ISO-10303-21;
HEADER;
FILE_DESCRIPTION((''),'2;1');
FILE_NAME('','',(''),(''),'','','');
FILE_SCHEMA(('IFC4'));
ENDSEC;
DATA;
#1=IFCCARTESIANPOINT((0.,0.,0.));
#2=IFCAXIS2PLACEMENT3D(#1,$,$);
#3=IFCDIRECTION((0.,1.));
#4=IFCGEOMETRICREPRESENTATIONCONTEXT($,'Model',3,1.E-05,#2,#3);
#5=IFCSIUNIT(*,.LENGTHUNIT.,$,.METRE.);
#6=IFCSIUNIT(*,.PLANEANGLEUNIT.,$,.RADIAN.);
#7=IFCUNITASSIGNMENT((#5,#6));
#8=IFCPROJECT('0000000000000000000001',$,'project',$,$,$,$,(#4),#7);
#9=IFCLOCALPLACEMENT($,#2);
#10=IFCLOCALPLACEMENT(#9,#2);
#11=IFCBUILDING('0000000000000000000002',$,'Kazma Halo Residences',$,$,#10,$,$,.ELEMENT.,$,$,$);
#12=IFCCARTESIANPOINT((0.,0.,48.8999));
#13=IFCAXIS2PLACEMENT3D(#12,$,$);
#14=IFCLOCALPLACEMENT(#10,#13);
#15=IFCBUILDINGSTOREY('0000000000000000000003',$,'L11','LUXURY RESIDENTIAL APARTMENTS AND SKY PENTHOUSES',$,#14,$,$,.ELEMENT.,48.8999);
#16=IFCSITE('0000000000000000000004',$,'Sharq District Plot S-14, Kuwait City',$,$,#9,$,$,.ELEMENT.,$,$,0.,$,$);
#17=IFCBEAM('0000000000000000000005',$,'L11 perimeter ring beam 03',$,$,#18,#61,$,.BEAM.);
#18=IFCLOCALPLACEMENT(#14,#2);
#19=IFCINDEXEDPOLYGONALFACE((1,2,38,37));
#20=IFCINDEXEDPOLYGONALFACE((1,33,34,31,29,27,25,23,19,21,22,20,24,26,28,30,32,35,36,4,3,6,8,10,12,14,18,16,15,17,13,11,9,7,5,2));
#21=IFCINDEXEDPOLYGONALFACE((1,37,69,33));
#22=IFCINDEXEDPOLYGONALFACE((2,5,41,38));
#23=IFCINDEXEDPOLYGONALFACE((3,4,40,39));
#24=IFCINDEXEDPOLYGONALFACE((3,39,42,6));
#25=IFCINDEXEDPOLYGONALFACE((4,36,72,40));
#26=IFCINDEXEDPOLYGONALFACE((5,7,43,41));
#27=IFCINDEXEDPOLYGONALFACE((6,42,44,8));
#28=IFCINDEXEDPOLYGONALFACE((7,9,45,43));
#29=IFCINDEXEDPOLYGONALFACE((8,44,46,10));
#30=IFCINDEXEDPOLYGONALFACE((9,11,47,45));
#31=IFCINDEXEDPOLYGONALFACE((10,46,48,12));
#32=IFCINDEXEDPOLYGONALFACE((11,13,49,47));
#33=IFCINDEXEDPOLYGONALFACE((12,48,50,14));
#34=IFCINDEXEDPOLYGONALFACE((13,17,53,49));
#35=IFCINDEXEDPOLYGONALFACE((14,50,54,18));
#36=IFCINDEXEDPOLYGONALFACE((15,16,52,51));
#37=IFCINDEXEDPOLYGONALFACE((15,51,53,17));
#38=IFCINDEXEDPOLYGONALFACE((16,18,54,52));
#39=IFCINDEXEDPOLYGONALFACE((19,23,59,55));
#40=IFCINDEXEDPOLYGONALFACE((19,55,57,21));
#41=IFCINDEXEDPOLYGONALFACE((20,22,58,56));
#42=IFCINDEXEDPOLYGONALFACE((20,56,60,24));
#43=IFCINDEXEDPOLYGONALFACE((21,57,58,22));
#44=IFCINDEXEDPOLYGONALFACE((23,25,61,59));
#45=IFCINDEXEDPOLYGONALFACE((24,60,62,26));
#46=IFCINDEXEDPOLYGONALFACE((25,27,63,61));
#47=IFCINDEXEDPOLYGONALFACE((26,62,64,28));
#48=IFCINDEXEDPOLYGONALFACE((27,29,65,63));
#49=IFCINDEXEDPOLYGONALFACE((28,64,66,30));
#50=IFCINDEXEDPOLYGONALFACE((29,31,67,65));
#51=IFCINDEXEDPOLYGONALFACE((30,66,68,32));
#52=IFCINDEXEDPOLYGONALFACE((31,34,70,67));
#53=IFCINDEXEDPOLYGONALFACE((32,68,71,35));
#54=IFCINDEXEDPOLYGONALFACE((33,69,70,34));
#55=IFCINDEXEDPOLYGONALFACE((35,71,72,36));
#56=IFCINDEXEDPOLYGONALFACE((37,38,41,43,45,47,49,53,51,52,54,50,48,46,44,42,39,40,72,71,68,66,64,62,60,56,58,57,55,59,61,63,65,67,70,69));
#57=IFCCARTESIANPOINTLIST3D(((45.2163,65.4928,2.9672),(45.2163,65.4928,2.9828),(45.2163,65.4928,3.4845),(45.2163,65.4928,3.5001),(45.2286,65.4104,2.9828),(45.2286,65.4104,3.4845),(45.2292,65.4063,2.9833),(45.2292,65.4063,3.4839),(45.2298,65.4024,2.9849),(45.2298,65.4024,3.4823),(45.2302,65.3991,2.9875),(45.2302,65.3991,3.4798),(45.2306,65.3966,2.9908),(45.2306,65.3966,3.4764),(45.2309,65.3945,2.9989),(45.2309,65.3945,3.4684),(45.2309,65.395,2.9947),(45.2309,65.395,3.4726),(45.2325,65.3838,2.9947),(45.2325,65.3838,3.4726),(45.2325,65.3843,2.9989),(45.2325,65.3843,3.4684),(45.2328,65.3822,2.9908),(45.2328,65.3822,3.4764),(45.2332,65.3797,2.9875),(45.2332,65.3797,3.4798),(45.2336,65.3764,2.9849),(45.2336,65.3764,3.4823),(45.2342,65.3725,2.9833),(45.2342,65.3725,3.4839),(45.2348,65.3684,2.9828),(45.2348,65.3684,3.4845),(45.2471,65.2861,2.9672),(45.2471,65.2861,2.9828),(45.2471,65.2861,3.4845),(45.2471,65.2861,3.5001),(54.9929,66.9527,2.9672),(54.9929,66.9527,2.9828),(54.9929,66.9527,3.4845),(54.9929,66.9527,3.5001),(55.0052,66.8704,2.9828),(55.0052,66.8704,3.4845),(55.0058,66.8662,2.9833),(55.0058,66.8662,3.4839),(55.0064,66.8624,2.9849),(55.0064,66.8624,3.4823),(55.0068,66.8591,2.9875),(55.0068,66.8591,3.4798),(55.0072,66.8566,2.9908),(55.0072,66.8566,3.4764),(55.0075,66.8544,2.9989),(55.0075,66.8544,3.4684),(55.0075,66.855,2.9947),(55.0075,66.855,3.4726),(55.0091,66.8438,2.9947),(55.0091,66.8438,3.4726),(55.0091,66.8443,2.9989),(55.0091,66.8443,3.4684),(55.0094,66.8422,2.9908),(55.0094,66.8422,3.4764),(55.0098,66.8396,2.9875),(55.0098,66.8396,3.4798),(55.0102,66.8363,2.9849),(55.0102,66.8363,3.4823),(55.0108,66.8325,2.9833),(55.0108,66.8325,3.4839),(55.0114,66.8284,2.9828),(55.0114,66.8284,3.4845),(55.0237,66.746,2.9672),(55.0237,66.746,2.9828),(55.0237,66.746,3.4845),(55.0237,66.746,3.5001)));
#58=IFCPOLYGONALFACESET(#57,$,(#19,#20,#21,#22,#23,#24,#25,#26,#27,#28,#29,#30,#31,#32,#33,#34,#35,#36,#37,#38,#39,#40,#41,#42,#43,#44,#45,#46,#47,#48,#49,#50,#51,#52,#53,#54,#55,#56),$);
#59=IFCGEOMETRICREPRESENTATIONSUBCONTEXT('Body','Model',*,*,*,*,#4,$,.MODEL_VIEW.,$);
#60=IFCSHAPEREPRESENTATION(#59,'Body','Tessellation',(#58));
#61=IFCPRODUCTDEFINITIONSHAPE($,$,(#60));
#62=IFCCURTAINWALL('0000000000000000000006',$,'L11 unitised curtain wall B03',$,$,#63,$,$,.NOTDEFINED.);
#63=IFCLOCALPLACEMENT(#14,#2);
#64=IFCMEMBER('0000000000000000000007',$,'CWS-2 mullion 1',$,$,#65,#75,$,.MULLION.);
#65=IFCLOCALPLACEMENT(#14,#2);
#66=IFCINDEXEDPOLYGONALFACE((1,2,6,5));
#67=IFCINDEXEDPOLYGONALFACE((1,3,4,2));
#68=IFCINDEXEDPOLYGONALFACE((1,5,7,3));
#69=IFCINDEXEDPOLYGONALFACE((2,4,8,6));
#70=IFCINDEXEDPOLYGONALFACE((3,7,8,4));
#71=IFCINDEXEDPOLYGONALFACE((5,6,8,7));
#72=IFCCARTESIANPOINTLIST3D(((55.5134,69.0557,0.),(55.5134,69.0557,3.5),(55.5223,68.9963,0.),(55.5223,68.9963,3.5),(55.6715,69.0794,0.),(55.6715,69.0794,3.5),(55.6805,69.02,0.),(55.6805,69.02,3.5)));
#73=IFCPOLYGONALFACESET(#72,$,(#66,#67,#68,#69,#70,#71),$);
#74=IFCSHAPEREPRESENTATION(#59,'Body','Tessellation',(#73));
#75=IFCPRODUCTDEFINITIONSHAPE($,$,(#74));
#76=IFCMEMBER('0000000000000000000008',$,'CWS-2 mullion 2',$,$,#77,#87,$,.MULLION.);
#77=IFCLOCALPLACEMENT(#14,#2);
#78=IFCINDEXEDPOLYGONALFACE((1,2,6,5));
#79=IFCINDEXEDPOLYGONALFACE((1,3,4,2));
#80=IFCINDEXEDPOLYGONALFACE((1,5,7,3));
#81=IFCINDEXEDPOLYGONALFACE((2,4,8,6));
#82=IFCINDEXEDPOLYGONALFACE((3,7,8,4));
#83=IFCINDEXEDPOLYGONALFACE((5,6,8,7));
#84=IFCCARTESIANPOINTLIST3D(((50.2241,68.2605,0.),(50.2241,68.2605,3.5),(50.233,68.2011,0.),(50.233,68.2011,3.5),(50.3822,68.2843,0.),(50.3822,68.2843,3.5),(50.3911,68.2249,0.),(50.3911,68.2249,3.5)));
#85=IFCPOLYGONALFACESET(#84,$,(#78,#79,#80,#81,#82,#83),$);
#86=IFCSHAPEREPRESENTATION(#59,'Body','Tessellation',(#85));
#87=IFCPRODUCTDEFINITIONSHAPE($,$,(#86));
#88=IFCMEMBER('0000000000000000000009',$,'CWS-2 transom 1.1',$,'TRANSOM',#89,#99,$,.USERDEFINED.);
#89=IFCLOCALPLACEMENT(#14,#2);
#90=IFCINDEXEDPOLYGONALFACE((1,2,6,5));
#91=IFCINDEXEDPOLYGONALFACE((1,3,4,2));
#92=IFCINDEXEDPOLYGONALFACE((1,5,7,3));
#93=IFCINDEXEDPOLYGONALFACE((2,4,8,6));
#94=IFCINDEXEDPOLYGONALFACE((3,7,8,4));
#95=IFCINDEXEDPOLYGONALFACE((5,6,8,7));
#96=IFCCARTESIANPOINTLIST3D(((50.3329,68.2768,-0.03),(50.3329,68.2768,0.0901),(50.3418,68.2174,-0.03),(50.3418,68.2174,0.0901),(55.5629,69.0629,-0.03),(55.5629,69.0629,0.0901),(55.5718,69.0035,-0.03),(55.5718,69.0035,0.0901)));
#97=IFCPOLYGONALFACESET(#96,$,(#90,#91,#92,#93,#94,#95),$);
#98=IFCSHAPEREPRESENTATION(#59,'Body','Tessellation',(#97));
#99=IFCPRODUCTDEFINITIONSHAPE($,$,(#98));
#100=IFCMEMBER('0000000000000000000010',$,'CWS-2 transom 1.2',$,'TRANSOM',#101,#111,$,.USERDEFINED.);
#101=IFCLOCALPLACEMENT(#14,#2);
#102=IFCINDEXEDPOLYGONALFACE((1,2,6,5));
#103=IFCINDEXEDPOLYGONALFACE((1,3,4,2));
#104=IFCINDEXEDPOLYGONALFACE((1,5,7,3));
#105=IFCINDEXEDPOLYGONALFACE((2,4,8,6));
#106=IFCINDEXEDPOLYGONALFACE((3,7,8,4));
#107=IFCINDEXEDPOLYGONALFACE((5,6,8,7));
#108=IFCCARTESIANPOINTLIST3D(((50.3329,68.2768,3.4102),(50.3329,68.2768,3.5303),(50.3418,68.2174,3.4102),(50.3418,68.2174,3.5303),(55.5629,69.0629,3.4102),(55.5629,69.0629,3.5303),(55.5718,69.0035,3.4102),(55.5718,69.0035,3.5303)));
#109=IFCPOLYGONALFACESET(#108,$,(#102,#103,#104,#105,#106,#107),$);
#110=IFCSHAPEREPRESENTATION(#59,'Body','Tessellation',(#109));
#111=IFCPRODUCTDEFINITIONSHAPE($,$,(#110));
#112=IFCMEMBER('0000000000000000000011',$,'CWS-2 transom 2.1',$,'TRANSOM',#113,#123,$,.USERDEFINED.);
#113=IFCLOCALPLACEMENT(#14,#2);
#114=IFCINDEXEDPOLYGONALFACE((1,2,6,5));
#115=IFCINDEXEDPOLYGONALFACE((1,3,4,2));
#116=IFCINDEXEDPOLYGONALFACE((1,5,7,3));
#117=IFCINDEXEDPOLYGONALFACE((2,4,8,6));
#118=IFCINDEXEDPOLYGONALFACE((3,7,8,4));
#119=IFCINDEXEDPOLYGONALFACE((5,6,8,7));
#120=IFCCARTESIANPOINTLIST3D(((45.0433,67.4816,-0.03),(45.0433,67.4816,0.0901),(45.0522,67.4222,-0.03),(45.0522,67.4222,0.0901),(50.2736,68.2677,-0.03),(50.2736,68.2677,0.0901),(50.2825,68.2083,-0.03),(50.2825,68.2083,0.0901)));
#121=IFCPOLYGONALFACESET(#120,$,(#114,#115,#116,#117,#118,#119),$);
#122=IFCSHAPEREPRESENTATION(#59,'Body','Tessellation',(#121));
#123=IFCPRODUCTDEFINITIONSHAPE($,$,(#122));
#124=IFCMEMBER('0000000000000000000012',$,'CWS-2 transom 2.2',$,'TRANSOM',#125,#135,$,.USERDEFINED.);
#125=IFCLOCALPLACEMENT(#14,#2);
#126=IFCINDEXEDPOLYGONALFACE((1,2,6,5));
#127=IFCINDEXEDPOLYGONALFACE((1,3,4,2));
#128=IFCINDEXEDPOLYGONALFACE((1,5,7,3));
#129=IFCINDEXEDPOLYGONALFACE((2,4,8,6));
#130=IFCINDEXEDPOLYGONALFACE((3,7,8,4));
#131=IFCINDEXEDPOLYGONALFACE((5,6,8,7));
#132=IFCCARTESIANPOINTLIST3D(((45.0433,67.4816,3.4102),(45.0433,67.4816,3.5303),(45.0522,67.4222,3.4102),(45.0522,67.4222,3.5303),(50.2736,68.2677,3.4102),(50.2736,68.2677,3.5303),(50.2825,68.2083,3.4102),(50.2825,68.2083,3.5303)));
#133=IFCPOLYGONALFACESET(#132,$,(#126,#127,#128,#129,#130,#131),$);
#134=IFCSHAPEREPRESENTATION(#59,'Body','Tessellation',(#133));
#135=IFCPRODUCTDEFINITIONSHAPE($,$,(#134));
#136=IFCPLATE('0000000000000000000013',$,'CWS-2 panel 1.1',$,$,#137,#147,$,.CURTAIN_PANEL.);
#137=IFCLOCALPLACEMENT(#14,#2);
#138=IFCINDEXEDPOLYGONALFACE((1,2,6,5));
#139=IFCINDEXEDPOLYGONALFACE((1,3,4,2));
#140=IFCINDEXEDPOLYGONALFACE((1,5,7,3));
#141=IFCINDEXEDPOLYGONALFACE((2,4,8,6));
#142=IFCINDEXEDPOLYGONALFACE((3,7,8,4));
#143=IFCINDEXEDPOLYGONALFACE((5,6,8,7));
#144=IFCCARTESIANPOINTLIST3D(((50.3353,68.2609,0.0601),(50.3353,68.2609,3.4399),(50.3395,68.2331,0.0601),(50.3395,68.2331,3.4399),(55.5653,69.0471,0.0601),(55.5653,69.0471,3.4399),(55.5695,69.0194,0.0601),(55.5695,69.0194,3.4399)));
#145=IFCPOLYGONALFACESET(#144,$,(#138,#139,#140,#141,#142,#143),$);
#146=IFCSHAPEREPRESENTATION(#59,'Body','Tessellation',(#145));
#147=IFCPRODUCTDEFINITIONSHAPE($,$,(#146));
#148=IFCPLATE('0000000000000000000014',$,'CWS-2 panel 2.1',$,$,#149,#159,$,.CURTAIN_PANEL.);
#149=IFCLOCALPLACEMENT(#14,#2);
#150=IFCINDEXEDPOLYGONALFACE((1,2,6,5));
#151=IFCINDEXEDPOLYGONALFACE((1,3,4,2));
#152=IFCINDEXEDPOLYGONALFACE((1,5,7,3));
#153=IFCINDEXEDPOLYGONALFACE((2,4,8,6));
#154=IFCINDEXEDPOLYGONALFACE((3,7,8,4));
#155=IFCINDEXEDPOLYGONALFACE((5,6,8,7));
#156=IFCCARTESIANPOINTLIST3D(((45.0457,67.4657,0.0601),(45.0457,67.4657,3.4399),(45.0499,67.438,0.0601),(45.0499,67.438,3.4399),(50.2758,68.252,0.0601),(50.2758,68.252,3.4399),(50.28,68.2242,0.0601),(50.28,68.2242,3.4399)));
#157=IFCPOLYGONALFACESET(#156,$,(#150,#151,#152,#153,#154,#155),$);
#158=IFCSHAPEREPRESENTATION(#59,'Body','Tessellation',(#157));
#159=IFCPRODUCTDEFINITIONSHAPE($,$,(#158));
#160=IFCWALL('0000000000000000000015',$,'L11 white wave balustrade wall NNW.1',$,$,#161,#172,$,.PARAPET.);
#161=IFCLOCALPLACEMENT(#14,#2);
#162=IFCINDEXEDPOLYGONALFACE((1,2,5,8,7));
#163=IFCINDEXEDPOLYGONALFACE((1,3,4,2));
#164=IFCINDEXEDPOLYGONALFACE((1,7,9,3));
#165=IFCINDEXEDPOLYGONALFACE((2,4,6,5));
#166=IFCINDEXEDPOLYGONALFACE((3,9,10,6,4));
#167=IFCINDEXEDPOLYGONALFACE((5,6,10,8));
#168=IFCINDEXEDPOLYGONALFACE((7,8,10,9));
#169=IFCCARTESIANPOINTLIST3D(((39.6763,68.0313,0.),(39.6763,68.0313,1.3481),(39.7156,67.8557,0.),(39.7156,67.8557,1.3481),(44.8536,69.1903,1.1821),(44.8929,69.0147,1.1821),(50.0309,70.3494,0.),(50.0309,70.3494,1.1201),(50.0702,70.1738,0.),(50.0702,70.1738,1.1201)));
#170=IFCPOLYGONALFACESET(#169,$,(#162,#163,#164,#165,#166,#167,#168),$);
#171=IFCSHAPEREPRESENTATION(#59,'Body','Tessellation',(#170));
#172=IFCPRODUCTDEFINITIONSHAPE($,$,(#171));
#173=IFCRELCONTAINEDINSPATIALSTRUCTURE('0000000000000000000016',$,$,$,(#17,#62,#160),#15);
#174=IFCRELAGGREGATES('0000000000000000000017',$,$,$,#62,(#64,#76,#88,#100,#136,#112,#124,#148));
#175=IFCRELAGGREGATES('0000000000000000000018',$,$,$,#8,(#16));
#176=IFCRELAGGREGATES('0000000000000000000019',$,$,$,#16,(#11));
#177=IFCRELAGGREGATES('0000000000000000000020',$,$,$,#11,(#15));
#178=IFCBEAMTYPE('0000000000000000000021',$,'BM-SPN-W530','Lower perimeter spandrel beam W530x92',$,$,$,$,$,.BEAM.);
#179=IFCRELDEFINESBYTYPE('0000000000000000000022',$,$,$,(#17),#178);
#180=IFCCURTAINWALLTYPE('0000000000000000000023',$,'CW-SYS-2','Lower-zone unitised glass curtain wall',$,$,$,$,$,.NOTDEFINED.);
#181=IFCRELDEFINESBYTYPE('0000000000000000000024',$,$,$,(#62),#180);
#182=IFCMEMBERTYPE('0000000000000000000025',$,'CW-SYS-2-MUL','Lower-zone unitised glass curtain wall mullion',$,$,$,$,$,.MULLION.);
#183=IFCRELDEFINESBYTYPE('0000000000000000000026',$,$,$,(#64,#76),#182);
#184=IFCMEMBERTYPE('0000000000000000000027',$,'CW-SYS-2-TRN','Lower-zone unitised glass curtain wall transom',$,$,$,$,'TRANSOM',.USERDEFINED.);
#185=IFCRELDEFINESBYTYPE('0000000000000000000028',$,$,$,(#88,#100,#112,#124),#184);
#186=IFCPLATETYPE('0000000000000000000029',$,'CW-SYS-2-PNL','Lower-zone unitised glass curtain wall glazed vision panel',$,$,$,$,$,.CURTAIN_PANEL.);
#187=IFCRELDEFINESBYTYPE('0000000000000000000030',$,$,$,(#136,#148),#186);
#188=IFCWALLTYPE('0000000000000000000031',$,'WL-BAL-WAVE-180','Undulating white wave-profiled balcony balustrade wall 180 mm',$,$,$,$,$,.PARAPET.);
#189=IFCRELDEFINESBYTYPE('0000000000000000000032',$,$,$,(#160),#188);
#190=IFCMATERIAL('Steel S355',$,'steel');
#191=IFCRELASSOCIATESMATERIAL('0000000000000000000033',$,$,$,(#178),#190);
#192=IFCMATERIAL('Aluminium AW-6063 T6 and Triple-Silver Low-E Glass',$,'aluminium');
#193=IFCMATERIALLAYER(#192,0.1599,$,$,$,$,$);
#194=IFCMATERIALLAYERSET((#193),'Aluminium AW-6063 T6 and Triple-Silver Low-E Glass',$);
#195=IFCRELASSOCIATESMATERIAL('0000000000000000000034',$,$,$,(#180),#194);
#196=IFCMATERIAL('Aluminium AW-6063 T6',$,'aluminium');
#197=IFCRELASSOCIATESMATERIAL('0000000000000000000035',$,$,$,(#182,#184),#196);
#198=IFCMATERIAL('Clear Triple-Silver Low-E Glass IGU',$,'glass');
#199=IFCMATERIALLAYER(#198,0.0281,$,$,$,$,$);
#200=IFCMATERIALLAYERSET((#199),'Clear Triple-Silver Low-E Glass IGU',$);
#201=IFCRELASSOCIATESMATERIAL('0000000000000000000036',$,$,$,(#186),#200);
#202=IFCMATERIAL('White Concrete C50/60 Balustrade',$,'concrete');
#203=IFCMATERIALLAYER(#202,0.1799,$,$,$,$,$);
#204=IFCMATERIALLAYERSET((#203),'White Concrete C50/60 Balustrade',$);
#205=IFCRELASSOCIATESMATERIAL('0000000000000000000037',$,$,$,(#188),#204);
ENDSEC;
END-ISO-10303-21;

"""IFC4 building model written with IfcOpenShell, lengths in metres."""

from ifc_helpers import new_model, si_unit, direction, frame, origin, origin_2d, place, context, subcontext, project, spatial, polyline, rectangle, i_section, outline, extrude, material, layer, layer_set, material_profile, profile_set, type_object, element, aggregate, save


model = new_model("IFC4")

# Units and contexts
model_context = context("Model", 3, precision=1e-05, world=origin(), true_north=direction((0.0, 1.0)))
body_context = subcontext(model_context, "Body", "Model", "MODEL_VIEW")
ifc_project = project(units=[si_unit("LENGTHUNIT", "METRE"), si_unit("PLANEANGLEUNIT", "RADIAN")], contexts=[model_context])

# Site, building, storey
site_placement = place(None, origin())
site = spatial("IfcSite", under=ifc_project, at=site_placement, Name="Sharq District Plot S-14, Kuwait City", CompositionType="ELEMENT", RefElevation=0.0)
building_placement = place(site_placement, origin())
building = spatial("IfcBuilding", under=site, at=building_placement, Name="Kazma Halo Residences", CompositionType="ELEMENT")
storey_placement = place(building_placement, frame((0.0, 0.0, 48.8999)))
storey = spatial("IfcBuildingStorey", under=building, at=storey_placement, Name="L11", Description="LUXURY RESIDENTIAL APARTMENTS AND SKY PENTHOUSES", CompositionType="ELEMENT", Elevation=48.8999)

# Beam
ifc_material_1 = material(Name="Steel S355", Category="steel")
ifc_material_profile_1 = material_profile(ifc_material_1, i_section(OverallWidth=0.209, OverallDepth=0.533, WebThickness=0.0103, FlangeThickness=0.0156, FilletRadius=0.0161, at=origin_2d()), Name="W530x92")
ifc_profile_set_1 = profile_set([ifc_material_profile_1], Name="Steel S355")
beam_type_1 = type_object("IfcBeamType", Name="BM-SPN-W530", Description="Lower perimeter spandrel beam W530x92", PredefinedType="BEAM", material=ifc_profile_set_1)
beam_1_placement = place(storey_placement, frame((55.0083, 66.8494, 3.2336), z_axis=(-0.989033, -0.147694, 0.0), x_axis=(0.147694, -0.989033, 0.0)))
element("IfcBeam", 1, at=beam_1_placement, inside=storey, type_object=beam_type_1, Name="L11 perimeter ring beam 03", PredefinedType="BEAM", context=body_context, shape_type="SweptSolid", body=[
    extrude(i_section(OverallWidth=0.209, OverallDepth=0.533, WebThickness=0.0103, FlangeThickness=0.0156, FilletRadius=0.0161, at=origin_2d()), origin(), (0.0, 0.0, 1.0), 9.885),
])

# Curtain wall, members, plates
ifc_material_2 = material(Name="Aluminium AW-6063 T6 and Triple-Silver Low-E Glass", Category="aluminium")
ifc_layer_1 = layer(ifc_material_2, 0.1599)
ifc_layer_set_1 = layer_set([ifc_layer_1], Name="Aluminium AW-6063 T6 and Triple-Silver Low-E Glass")
curtain_wall_type = type_object("IfcCurtainWallType", Name="CW-SYS-2", Description="Lower-zone unitised glass curtain wall", PredefinedType="NOTDEFINED", material=ifc_layer_set_1)
curtain_wall_placement = place(storey_placement, origin())
curtain_wall = element("IfcCurtainWall", 2, at=curtain_wall_placement, inside=storey, type_object=curtain_wall_type, Name="L11 unitised curtain wall B03", PredefinedType="NOTDEFINED")
ifc_material_3 = material(Name="Aluminium AW-6063 T6", Category="aluminium")
ifc_material_profile_2 = material_profile(ifc_material_3, rectangle(XDim=0.0601, YDim=0.1599, at=origin_2d()), Name="CWM-60x160")
ifc_profile_set_2 = profile_set([ifc_material_profile_2], Name="Aluminium AW-6063 T6")
member_type_1 = type_object("IfcMemberType", Name="CW-SYS-2-MUL", Description="Lower-zone unitised glass curtain wall mullion", PredefinedType="MULLION", material=ifc_profile_set_2)
member_1_placement = place(storey_placement, frame((55.5969, 69.0378, 0.0), z_axis=(0.0, 0.0, 1.0), x_axis=(0.148657, -0.988889, 0.0)))
member_1 = element("IfcMember", 3, at=member_1_placement, type_object=member_type_1, Name="CWS-2 mullion 1", PredefinedType="MULLION", context=body_context, shape_type="SweptSolid", body=[
    extrude(rectangle(XDim=0.0601, YDim=0.1599, at=origin_2d()), origin(), (0.0, 0.0, 1.0), 3.5),
])
member_2_placement = place(storey_placement, frame((50.3076, 68.2427, 0.0), z_axis=(0.0, 0.0, 1.0), x_axis=(0.148657, -0.988889, 0.0)))
member_2 = element("IfcMember", 4, at=member_2_placement, type_object=member_type_1, Name="CWS-2 mullion 2", PredefinedType="MULLION", context=body_context, shape_type="SweptSolid", body=[
    extrude(rectangle(XDim=0.0601, YDim=0.1599, at=origin_2d()), origin(), (0.0, 0.0, 1.0), 3.5),
])
ifc_material_profile_3 = material_profile(ifc_material_3, rectangle(XDim=0.0601, YDim=0.1201, at=origin_2d()), Name="CWT-60x120")
ifc_profile_set_3 = profile_set([ifc_material_profile_3], Name="Aluminium AW-6063 T6")
member_type_2 = type_object("IfcMemberType", Name="CW-SYS-2-TRN", Description="Lower-zone unitised glass curtain wall transom", ElementType="TRANSOM", PredefinedType="USERDEFINED", material=ifc_profile_set_3)
member_3_placement = place(storey_placement, frame((55.5674, 69.0332, 0.03), z_axis=(-0.988891, -0.148643, 0.0), x_axis=(0.148643, -0.988891, 0.0)))
member_3 = element("IfcMember", 5, at=member_3_placement, type_object=member_type_2, Name="CWS-2 transom 1.1", ObjectType="TRANSOM", PredefinedType="USERDEFINED", context=body_context, shape_type="SweptSolid", body=[
    extrude(rectangle(XDim=0.0601, YDim=0.1201, at=origin_2d()), origin(), (0.0, 0.0, 1.0), 5.2888),
])
member_4_placement = place(storey_placement, frame((55.5674, 69.0332, 3.4702), z_axis=(-0.988891, -0.148643, 0.0), x_axis=(0.148643, -0.988891, 0.0)))
member_4 = element("IfcMember", 6, at=member_4_placement, type_object=member_type_2, Name="CWS-2 transom 1.2", ObjectType="TRANSOM", PredefinedType="USERDEFINED", context=body_context, shape_type="SweptSolid", body=[
    extrude(rectangle(XDim=0.0601, YDim=0.1201, at=origin_2d()), origin(), (0.0, 0.0, 1.0), 5.2888),
])
member_5_placement = place(storey_placement, frame((50.2781, 68.238, 0.03), z_axis=(-0.988892, -0.148636, 0.0), x_axis=(0.148636, -0.988892, 0.0)))
member_5 = element("IfcMember", 7, at=member_5_placement, type_object=member_type_2, Name="CWS-2 transom 2.1", ObjectType="TRANSOM", PredefinedType="USERDEFINED", context=body_context, shape_type="SweptSolid", body=[
    extrude(rectangle(XDim=0.0601, YDim=0.1201, at=origin_2d()), origin(), (0.0, 0.0, 1.0), 5.2891),
])
member_6_placement = place(storey_placement, frame((50.2781, 68.238, 3.4702), z_axis=(-0.988892, -0.148636, 0.0), x_axis=(0.148636, -0.988892, 0.0)))
member_6 = element("IfcMember", 8, at=member_6_placement, type_object=member_type_2, Name="CWS-2 transom 2.2", ObjectType="TRANSOM", PredefinedType="USERDEFINED", context=body_context, shape_type="SweptSolid", body=[
    extrude(rectangle(XDim=0.0601, YDim=0.1201, at=origin_2d()), origin(), (0.0, 0.0, 1.0), 5.2891),
])
ifc_material_4 = material(Name="Clear Triple-Silver Low-E Glass IGU", Category="glass")
ifc_layer_2 = layer(ifc_material_4, 0.0281)
ifc_layer_set_2 = layer_set([ifc_layer_2], Name="Clear Triple-Silver Low-E Glass IGU")
plate_type = type_object("IfcPlateType", Name="CW-SYS-2-PNL", Description="Lower-zone unitised glass curtain wall glazed vision panel", PredefinedType="CURTAIN_PANEL", material=ifc_layer_set_2)
plate_1_placement = place(storey_placement, frame((52.9524, 68.6401, 0.0601), z_axis=(0.0, 0.0, 1.0), x_axis=(-0.988889, -0.148657, 0.0)))
plate_1 = element("IfcPlate", 9, at=plate_1_placement, type_object=plate_type, Name="CWS-2 panel 1.1", PredefinedType="CURTAIN_PANEL", context=body_context, shape_type="SweptSolid", body=[
    extrude(rectangle(XDim=5.2888, YDim=0.0281, at=origin_2d()), origin(), (0.0, 0.0, 1.0), 3.3799),
])
plate_2_placement = place(storey_placement, frame((47.6628, 67.845, 0.0601), z_axis=(0.0, 0.0, 1.0), x_axis=(-0.988889, -0.148657, 0.0)))
plate_2 = element("IfcPlate", 10, at=plate_2_placement, type_object=plate_type, Name="CWS-2 panel 2.1", PredefinedType="CURTAIN_PANEL", context=body_context, shape_type="SweptSolid", body=[
    extrude(rectangle(XDim=5.2888, YDim=0.0281, at=origin_2d()), origin(), (0.0, 0.0, 1.0), 3.3799),
])
aggregate(curtain_wall, [member_1, member_2, member_3, member_4, plate_1, member_5, member_6, plate_2])

# Wall
ifc_material_5 = material(Name="White Concrete C50/60 Balustrade", Category="concrete")
ifc_layer_3 = layer(ifc_material_5, 0.1799)
ifc_layer_set_3 = layer_set([ifc_layer_3], Name="White Concrete C50/60 Balustrade")
wall_type_1 = type_object("IfcWallType", Name="WL-BAL-WAVE-180", Description="Undulating white wave-profiled balcony balustrade wall 180 mm", PredefinedType="PARAPET", material=ifc_layer_set_3)
wall_1_placement = place(storey_placement, frame((50.0505, 70.2615, 0.0), z_axis=(0.0, 0.0, 1.0), x_axis=(-0.975844, -0.218467, 0.0)))
element("IfcWall", 11, at=wall_1_placement, inside=storey, type_object=wall_type_1, Name="L11 white wave balustrade wall NNW.1", PredefinedType="PARAPET", context=body_context, shape_type="SweptSolid", body=[
    extrude(outline(polyline([(0.0, 0.0), (10.6108, 0.0), (10.6108, 1.3481), (5.3054, 1.1821), (0.0, 1.1201), (0.0, 0.0)])), frame((0.0, 0.0898, 0.0), z_axis=(0.0, -1.0, 0.0), x_axis=(1.0, 0.0, 0.0)), (0.0, 0.0, 1.0), 0.1799),
])

save(model, "model.ifc")
